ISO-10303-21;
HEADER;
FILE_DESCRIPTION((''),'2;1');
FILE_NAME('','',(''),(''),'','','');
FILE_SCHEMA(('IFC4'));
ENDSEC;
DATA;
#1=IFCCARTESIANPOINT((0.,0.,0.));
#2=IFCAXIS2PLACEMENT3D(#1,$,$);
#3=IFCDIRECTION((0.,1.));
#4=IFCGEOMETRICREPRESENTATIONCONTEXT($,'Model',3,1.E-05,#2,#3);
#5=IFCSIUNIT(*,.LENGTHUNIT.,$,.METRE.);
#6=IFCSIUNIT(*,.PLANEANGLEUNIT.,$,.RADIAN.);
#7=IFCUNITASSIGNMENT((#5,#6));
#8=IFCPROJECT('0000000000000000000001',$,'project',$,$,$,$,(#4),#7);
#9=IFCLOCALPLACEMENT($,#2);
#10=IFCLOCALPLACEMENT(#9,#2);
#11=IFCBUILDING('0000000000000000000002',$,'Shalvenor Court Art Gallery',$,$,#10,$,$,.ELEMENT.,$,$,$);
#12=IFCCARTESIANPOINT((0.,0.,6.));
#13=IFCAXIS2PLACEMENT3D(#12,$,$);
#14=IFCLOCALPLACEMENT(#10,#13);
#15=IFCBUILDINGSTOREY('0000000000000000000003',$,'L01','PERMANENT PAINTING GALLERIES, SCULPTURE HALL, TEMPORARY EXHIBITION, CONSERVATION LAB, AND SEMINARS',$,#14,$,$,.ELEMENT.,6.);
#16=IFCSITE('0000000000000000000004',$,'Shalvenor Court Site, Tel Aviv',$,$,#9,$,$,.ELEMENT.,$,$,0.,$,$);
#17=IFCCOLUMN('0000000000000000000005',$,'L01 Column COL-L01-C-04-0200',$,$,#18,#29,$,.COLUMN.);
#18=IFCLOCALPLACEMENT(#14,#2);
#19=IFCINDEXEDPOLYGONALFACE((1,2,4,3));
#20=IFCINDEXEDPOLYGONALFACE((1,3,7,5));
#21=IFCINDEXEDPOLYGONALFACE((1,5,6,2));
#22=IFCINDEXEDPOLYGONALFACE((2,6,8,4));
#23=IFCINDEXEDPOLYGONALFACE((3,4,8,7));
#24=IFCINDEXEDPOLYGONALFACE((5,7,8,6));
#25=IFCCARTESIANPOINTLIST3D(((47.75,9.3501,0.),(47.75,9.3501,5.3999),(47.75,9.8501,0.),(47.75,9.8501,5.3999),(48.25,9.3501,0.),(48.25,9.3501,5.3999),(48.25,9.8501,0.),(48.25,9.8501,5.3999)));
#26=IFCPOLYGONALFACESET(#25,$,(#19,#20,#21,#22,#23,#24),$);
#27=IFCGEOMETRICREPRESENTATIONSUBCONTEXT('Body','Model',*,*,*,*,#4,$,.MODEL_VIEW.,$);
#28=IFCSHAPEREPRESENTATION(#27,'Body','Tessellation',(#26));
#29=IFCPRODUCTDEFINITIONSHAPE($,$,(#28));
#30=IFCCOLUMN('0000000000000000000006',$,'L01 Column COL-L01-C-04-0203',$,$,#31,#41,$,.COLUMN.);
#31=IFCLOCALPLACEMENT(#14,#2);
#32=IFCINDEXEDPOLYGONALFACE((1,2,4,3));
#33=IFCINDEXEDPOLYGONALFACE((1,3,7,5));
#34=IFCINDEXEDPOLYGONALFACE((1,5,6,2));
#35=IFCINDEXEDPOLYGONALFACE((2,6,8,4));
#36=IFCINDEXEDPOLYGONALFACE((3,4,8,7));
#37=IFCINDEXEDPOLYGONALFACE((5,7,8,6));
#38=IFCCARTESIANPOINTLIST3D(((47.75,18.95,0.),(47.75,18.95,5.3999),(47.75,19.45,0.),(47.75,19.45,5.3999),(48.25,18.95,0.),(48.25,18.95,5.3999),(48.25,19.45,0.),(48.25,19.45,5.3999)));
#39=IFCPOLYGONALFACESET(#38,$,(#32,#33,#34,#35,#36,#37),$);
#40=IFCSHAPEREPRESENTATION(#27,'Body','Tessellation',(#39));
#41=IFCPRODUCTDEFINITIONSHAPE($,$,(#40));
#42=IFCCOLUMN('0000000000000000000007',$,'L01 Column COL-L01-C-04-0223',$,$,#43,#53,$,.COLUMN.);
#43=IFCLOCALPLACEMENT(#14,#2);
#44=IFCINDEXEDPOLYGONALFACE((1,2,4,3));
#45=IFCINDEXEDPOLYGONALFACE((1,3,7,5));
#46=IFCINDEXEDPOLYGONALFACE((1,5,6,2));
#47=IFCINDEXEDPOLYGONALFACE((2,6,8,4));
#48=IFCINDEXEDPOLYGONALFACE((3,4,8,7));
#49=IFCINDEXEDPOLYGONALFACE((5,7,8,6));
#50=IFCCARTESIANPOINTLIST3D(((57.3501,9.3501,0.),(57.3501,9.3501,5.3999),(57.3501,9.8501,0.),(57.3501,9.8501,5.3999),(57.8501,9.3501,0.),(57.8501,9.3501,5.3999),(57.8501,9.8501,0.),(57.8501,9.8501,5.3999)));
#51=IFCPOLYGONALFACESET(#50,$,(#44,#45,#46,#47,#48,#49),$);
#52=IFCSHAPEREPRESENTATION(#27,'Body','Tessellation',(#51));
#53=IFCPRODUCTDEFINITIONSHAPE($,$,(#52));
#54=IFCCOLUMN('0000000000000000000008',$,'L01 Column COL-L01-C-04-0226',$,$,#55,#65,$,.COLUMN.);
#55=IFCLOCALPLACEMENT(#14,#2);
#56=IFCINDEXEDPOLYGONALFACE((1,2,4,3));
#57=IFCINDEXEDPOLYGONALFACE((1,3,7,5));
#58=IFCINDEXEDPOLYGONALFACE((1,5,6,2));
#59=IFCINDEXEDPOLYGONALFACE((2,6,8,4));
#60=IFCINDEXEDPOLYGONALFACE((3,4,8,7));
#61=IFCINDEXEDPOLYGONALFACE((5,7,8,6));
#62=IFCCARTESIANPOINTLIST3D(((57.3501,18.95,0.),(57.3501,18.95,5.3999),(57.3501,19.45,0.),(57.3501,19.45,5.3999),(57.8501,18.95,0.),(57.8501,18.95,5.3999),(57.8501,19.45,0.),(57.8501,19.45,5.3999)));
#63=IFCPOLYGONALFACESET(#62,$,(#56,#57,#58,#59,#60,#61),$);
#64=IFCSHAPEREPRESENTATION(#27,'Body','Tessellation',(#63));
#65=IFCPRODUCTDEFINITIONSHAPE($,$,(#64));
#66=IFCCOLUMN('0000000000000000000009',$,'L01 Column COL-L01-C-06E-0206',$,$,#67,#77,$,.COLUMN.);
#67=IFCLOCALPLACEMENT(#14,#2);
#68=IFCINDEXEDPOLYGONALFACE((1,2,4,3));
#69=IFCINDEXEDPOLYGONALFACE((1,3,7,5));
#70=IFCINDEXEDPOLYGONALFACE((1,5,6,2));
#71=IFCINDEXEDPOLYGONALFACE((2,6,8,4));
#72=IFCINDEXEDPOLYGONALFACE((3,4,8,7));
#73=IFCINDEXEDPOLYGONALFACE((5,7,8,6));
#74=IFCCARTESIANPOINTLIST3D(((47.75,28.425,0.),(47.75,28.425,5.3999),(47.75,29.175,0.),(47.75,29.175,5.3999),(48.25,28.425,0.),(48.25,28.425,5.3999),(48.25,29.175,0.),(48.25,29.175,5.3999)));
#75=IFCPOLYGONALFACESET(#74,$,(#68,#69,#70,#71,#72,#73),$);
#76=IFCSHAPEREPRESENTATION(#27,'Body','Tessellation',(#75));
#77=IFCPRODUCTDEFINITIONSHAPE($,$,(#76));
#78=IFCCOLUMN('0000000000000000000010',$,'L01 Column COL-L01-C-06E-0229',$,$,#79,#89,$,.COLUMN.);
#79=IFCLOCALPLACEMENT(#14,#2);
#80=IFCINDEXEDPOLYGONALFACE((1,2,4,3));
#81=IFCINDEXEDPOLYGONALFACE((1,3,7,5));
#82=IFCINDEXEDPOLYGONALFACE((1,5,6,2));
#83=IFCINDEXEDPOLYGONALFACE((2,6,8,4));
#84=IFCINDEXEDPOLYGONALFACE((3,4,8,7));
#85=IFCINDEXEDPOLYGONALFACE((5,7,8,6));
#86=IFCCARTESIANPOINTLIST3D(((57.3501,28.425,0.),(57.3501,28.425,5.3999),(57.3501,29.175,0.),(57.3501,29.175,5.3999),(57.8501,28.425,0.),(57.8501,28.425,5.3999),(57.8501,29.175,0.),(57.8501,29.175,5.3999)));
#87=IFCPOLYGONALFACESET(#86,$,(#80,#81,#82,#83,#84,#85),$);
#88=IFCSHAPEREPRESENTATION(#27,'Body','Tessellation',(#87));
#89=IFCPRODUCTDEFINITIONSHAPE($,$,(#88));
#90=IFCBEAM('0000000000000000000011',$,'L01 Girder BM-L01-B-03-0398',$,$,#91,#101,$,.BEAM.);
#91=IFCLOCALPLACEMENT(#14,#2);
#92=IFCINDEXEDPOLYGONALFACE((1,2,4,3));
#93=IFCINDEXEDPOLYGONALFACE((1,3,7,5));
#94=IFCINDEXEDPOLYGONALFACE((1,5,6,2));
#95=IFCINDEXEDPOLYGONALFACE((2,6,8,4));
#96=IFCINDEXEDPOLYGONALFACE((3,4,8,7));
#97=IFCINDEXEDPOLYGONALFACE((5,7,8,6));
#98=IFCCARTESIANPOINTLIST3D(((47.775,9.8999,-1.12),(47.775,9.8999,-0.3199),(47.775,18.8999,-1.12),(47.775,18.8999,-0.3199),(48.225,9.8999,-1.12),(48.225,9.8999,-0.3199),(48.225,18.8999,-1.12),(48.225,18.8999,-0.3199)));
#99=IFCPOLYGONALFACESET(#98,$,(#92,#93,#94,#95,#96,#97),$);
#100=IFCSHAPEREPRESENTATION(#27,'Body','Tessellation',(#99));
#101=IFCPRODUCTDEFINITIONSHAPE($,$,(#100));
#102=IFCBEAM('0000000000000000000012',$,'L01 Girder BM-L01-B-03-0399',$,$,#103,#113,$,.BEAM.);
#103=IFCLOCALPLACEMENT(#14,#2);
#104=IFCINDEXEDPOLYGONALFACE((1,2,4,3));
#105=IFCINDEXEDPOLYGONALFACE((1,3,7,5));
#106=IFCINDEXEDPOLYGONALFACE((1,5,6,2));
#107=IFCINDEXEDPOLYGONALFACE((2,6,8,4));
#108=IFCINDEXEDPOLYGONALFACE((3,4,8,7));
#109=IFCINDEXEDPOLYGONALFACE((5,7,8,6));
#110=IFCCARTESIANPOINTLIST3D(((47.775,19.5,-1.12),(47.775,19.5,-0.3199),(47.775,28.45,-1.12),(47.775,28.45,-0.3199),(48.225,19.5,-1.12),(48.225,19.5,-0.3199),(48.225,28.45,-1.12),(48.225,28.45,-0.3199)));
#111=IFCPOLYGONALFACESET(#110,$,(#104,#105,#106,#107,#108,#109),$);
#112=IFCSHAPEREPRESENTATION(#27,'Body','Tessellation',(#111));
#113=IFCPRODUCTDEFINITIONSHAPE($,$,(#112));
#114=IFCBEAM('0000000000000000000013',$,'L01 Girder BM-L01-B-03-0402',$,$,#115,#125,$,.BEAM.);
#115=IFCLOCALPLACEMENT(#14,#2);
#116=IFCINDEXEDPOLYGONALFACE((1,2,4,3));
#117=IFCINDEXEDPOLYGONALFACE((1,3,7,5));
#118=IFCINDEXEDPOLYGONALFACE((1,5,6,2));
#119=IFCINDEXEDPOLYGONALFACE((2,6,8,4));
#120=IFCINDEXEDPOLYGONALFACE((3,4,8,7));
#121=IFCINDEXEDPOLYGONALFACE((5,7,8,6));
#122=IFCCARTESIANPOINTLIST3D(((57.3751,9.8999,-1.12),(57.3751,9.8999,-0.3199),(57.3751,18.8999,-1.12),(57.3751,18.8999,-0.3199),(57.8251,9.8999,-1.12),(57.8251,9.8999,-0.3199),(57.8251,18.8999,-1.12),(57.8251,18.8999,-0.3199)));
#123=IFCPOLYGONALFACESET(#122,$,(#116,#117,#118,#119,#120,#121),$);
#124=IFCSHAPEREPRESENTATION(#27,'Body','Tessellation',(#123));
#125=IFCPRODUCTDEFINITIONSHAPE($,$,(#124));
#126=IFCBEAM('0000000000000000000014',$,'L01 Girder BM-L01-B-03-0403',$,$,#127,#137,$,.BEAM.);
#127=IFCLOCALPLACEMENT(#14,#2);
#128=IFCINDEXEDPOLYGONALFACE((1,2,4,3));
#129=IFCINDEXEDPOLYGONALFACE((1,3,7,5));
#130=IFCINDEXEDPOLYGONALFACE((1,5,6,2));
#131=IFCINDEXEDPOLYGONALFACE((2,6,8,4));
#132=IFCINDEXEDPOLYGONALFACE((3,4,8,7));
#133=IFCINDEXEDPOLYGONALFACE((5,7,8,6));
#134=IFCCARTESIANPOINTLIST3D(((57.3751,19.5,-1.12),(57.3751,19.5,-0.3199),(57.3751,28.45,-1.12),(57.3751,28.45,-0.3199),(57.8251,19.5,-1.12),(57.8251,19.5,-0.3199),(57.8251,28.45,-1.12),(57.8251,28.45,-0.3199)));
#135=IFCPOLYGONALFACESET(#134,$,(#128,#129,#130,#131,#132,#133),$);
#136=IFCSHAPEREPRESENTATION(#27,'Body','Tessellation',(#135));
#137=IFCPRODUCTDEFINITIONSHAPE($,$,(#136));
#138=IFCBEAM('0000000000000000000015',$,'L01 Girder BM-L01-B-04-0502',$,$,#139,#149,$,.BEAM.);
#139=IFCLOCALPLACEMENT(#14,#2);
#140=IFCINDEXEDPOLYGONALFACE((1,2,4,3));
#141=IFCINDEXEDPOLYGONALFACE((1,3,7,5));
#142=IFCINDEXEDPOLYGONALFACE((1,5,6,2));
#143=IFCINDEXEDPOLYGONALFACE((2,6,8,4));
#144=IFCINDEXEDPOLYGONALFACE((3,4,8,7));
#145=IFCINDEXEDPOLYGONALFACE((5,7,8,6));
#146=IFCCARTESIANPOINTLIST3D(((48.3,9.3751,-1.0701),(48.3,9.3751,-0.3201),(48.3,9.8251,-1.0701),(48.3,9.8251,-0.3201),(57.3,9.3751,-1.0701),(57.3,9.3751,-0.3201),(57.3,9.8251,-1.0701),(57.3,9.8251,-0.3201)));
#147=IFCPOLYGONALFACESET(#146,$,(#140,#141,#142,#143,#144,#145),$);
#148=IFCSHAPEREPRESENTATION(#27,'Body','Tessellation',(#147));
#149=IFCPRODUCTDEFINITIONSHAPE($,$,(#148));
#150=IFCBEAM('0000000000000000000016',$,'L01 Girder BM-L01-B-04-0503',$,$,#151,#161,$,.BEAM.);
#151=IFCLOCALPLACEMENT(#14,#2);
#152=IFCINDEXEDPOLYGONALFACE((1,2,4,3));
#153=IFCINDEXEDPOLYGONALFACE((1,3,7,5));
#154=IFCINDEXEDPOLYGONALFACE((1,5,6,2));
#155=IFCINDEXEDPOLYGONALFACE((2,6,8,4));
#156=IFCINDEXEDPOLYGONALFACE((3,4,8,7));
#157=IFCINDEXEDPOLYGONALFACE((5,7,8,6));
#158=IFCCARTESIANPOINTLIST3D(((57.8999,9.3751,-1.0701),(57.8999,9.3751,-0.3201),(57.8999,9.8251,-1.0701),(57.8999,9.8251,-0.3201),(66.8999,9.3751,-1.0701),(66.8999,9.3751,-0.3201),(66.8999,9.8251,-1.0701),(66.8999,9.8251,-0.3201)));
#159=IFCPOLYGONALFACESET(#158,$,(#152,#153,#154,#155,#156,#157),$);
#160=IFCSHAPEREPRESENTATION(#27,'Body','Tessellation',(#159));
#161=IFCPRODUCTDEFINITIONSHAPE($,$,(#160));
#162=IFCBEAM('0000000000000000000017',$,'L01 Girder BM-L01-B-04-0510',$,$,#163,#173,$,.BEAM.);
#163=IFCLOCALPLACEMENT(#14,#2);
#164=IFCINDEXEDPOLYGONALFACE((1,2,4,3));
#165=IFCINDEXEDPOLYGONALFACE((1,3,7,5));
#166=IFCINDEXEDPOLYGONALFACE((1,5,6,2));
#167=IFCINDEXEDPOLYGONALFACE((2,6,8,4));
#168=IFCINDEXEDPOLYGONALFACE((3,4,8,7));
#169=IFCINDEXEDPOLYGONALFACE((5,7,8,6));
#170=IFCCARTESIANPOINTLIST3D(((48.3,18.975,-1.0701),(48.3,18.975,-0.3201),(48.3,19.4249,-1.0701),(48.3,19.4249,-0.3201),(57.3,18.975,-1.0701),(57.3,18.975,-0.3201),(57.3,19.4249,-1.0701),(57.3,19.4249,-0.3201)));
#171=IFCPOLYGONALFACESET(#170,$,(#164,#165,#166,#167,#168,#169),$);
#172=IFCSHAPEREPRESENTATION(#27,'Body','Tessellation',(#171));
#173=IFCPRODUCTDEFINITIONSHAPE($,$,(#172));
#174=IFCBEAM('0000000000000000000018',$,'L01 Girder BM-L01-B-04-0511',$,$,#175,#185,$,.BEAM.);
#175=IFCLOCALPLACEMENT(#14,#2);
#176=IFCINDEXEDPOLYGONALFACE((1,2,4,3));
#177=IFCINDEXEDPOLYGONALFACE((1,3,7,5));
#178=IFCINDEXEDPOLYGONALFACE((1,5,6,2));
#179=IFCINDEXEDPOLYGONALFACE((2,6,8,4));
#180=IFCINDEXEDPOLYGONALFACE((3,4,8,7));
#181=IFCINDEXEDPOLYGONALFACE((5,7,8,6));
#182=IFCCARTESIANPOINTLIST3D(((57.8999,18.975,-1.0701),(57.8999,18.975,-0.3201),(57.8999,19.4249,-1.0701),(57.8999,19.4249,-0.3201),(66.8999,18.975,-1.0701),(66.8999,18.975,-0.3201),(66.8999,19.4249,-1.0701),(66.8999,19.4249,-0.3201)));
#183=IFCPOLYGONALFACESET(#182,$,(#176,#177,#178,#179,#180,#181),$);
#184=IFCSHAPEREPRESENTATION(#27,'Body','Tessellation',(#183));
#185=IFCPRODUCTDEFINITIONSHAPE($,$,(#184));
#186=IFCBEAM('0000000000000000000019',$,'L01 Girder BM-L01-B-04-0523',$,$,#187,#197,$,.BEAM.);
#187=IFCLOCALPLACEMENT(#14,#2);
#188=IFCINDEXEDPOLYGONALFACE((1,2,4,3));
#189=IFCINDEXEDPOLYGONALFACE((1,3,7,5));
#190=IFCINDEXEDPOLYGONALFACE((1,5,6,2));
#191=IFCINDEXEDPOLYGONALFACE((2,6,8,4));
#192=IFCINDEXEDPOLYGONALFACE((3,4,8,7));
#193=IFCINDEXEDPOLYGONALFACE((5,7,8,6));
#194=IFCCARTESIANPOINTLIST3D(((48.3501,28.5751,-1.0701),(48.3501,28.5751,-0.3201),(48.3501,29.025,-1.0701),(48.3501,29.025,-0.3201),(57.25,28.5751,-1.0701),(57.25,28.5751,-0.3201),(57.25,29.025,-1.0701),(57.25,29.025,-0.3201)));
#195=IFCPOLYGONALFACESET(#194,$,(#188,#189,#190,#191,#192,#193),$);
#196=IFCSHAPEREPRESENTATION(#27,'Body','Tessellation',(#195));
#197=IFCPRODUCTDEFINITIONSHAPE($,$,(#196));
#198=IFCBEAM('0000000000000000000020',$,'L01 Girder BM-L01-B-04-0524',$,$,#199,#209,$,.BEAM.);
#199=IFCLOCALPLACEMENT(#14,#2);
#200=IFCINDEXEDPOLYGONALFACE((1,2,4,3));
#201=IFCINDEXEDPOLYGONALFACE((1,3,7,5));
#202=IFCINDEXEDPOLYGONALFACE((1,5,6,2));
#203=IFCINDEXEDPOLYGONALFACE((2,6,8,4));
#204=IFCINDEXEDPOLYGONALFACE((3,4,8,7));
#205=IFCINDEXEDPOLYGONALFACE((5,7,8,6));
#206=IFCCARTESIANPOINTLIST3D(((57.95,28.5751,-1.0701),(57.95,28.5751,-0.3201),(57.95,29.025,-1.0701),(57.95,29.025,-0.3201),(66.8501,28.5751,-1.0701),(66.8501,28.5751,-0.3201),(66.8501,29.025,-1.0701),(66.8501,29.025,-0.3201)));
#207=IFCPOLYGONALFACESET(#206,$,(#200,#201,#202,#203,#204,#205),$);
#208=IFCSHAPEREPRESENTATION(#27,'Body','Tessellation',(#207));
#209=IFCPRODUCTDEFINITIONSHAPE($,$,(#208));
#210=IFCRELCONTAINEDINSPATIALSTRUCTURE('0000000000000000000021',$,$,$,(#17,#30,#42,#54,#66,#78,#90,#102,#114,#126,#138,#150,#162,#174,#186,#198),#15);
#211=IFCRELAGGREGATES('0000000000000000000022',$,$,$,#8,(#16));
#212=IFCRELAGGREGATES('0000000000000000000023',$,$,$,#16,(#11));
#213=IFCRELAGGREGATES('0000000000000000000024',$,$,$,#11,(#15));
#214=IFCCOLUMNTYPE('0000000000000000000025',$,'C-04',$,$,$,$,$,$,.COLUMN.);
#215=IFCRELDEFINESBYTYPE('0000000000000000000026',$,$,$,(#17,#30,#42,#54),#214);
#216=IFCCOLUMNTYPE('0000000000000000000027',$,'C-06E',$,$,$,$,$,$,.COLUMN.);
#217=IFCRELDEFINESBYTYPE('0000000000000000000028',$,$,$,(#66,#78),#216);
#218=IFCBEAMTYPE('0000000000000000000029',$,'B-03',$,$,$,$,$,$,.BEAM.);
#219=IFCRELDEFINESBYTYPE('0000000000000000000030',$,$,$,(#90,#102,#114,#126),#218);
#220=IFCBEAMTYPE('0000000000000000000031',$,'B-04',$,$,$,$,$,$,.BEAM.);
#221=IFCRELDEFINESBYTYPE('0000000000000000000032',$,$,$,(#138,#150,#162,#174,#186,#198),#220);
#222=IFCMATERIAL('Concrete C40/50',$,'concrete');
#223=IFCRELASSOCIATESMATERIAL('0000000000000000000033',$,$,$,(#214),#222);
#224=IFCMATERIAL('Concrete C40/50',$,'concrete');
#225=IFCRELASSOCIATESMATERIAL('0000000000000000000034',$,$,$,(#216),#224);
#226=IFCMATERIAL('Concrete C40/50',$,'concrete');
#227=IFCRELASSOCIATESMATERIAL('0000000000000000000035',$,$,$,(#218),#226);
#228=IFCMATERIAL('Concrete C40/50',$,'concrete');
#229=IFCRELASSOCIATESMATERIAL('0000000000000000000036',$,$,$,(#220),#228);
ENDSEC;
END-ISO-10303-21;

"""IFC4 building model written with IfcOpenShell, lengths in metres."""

from ifc_helpers import new_model, si_unit, direction, frame, origin, origin_2d, place, context, subcontext, project, spatial, rectangle, extrude, material, material_profile, profile_set, type_object, element, save


model = new_model("IFC4")

# Units and contexts
model_context = context("Model", 3, precision=1e-05, world=origin(), true_north=direction((0.0, 1.0)))
body_context = subcontext(model_context, "Body", "Model", "MODEL_VIEW")
ifc_project = project(units=[si_unit("LENGTHUNIT", "METRE"), si_unit("PLANEANGLEUNIT", "RADIAN")], contexts=[model_context])

# Site, building, storey
site_placement = place(None, origin())
site = spatial("IfcSite", under=ifc_project, at=site_placement, Name="Shalvenor Court Site, Tel Aviv", CompositionType="ELEMENT", RefElevation=0.0)
building_placement = place(site_placement, origin())
building = spatial("IfcBuilding", under=site, at=building_placement, Name="Shalvenor Court Art Gallery", CompositionType="ELEMENT")
storey_placement = place(building_placement, frame((0.0, 0.0, 6.0)))
storey = spatial("IfcBuildingStorey", under=building, at=storey_placement, Name="L01", Description="PERMANENT PAINTING GALLERIES, SCULPTURE HALL, TEMPORARY EXHIBITION, CONSERVATION LAB, AND SEMINARS", CompositionType="ELEMENT", Elevation=6.0)

# Columns
ifc_material_1 = material(Name="Concrete C40/50", Category="concrete")
ifc_material_profile_1 = material_profile(ifc_material_1, rectangle(XDim=0.5, YDim=0.5, at=origin_2d()), Name="RC 500x500")
ifc_profile_set_1 = profile_set([ifc_material_profile_1], Name="Concrete C40/50")
column_type_1 = type_object("IfcColumnType", Name="C-04", PredefinedType="COLUMN", material=ifc_profile_set_1)
for number, where, z_axis, x_axis, name in (
    (1, (48.0, 9.6001, 0.0), (0.0, 0.0, 1.0), (1.0, 0.0, 0.0), "L01 Column COL-L01-C-04-0200"),
    (2, (48.0, 19.2, 0.0), (0.0, 0.0, 1.0), (1.0, 0.0, 0.0), "L01 Column COL-L01-C-04-0203"),
    (3, (57.6001, 9.6001, 0.0), (0.0, 0.0, 1.0), (1.0, 0.0, 0.0), "L01 Column COL-L01-C-04-0223"),
    (4, (57.6001, 19.2, 0.0), (0.0, 0.0, 1.0), (1.0, 0.0, 0.0), "L01 Column COL-L01-C-04-0226"),
):
    element("IfcColumn", number, at=place(storey_placement, frame(where, z_axis=z_axis, x_axis=x_axis)), inside=storey, type_object=column_type_1, Name=name, PredefinedType="COLUMN", context=body_context, shape_type="SweptSolid", body=[
        extrude(rectangle(XDim=0.5, YDim=0.5, at=origin_2d()), origin(), (0.0, 0.0, 1.0), 5.3999),
    ])
ifc_material_2 = material(Name="Concrete C40/50", Category="concrete")
ifc_material_profile_2 = material_profile(ifc_material_2, rectangle(XDim=0.5, YDim=0.75, at=origin_2d()), Name="RC 500x750")
ifc_profile_set_2 = profile_set([ifc_material_profile_2], Name="Concrete C40/50")
column_type_2 = type_object("IfcColumnType", Name="C-06E", PredefinedType="COLUMN", material=ifc_profile_set_2)
for number, where, z_axis, x_axis, name in (
    (5, (48.0, 28.8, 0.0), (0.0, 0.0, 1.0), (1.0, 0.0, 0.0), "L01 Column COL-L01-C-06E-0206"),
    (6, (57.6001, 28.8, 0.0), (0.0, 0.0, 1.0), (1.0, 0.0, 0.0), "L01 Column COL-L01-C-06E-0229"),
):
    element("IfcColumn", number, at=place(storey_placement, frame(where, z_axis=z_axis, x_axis=x_axis)), inside=storey, type_object=column_type_2, Name=name, PredefinedType="COLUMN", context=body_context, shape_type="SweptSolid", body=[
        extrude(rectangle(XDim=0.5, YDim=0.75, at=origin_2d()), origin(), (0.0, 0.0, 1.0), 5.3999),
    ])

# Beams
ifc_material_3 = material(Name="Concrete C40/50", Category="concrete")
ifc_material_profile_3 = material_profile(ifc_material_3, rectangle(XDim=0.45, YDim=0.8, at=origin_2d()), Name="RC 450x800")
ifc_profile_set_3 = profile_set([ifc_material_profile_3], Name="Concrete C40/50")
beam_type_1 = type_object("IfcBeamType", Name="B-03", PredefinedType="BEAM", material=ifc_profile_set_3)
beam_1_placement = place(storey_placement, frame((48.0, 9.8999, -0.72), z_axis=(0.0, 1.0, 0.0), x_axis=(-1.0, 0.0, 0.0)))
element("IfcBeam", 7, at=beam_1_placement, inside=storey, type_object=beam_type_1, Name="L01 Girder BM-L01-B-03-0398", PredefinedType="BEAM", context=body_context, shape_type="SweptSolid", body=[
    extrude(rectangle(XDim=0.45, YDim=0.8, at=origin_2d()), origin(), (0.0, 0.0, 1.0), 9.0),
])
beam_2_placement = place(storey_placement, frame((48.0, 19.5, -0.72), z_axis=(0.0, 1.0, 0.0), x_axis=(-1.0, 0.0, 0.0)))
element("IfcBeam", 8, at=beam_2_placement, inside=storey, type_object=beam_type_1, Name="L01 Girder BM-L01-B-03-0399", PredefinedType="BEAM", context=body_context, shape_type="SweptSolid", body=[
    extrude(rectangle(XDim=0.45, YDim=0.8, at=origin_2d()), origin(), (0.0, 0.0, 1.0), 8.95),
])
beam_3_placement = place(storey_placement, frame((57.6001, 9.8999, -0.72), z_axis=(0.0, 1.0, 0.0), x_axis=(-1.0, 0.0, 0.0)))
element("IfcBeam", 9, at=beam_3_placement, inside=storey, type_object=beam_type_1, Name="L01 Girder BM-L01-B-03-0402", PredefinedType="BEAM", context=body_context, shape_type="SweptSolid", body=[
    extrude(rectangle(XDim=0.45, YDim=0.8, at=origin_2d()), origin(), (0.0, 0.0, 1.0), 9.0),
])
beam_4_placement = place(storey_placement, frame((57.6001, 19.5, -0.72), z_axis=(0.0, 1.0, 0.0), x_axis=(-1.0, 0.0, 0.0)))
element("IfcBeam", 10, at=beam_4_placement, inside=storey, type_object=beam_type_1, Name="L01 Girder BM-L01-B-03-0403", PredefinedType="BEAM", context=body_context, shape_type="SweptSolid", body=[
    extrude(rectangle(XDim=0.45, YDim=0.8, at=origin_2d()), origin(), (0.0, 0.0, 1.0), 8.95),
])
ifc_material_4 = material(Name="Concrete C40/50", Category="concrete")
ifc_material_profile_4 = material_profile(ifc_material_4, rectangle(XDim=0.45, YDim=0.75, at=origin_2d()), Name="RC 450x750")
ifc_profile_set_4 = profile_set([ifc_material_profile_4], Name="Concrete C40/50")
beam_type_2 = type_object("IfcBeamType", Name="B-04", PredefinedType="BEAM", material=ifc_profile_set_4)
for number, where, z_axis, x_axis, name in (
    (11, (48.3, 9.6001, -0.6951), (1.0, 0.0, 0.0), (0.0, 1.0, 0.0), "L01 Girder BM-L01-B-04-0502"),
    (12, (57.8999, 9.6001, -0.6951), (1.0, 0.0, 0.0), (0.0, 1.0, 0.0), "L01 Girder BM-L01-B-04-0503"),
    (13, (48.3, 19.2, -0.6951), (1.0, 0.0, 0.0), (0.0, 1.0, 0.0), "L01 Girder BM-L01-B-04-0510"),
    (14, (57.8999, 19.2, -0.6951), (1.0, 0.0, 0.0), (0.0, 1.0, 0.0), "L01 Girder BM-L01-B-04-0511"),
):
    element("IfcBeam", number, at=place(storey_placement, frame(where, z_axis=z_axis, x_axis=x_axis)), inside=storey, type_object=beam_type_2, Name=name, PredefinedType="BEAM", context=body_context, shape_type="SweptSolid", body=[
        extrude(rectangle(XDim=0.45, YDim=0.75, at=origin_2d()), origin(), (0.0, 0.0, 1.0), 9.0),
    ])
beam_5_placement = place(storey_placement, frame((48.3501, 28.8, -0.6951), z_axis=(1.0, 0.0, 0.0), x_axis=(0.0, 1.0, 0.0)))
element("IfcBeam", 15, at=beam_5_placement, inside=storey, type_object=beam_type_2, Name="L01 Girder BM-L01-B-04-0523", PredefinedType="BEAM", context=body_context, shape_type="SweptSolid", body=[
    extrude(rectangle(XDim=0.45, YDim=0.75, at=origin_2d()), origin(), (0.0, 0.0, 1.0), 8.8999),
])
beam_6_placement = place(storey_placement, frame((57.95, 28.8, -0.6951), z_axis=(1.0, 0.0, 0.0), x_axis=(0.0, 1.0, 0.0)))
element("IfcBeam", 16, at=beam_6_placement, inside=storey, type_object=beam_type_2, Name="L01 Girder BM-L01-B-04-0524", PredefinedType="BEAM", context=body_context, shape_type="SweptSolid", body=[
    extrude(rectangle(XDim=0.45, YDim=0.75, at=origin_2d()), origin(), (0.0, 0.0, 1.0), 8.9001),
])

save(model, "model.ifc")
